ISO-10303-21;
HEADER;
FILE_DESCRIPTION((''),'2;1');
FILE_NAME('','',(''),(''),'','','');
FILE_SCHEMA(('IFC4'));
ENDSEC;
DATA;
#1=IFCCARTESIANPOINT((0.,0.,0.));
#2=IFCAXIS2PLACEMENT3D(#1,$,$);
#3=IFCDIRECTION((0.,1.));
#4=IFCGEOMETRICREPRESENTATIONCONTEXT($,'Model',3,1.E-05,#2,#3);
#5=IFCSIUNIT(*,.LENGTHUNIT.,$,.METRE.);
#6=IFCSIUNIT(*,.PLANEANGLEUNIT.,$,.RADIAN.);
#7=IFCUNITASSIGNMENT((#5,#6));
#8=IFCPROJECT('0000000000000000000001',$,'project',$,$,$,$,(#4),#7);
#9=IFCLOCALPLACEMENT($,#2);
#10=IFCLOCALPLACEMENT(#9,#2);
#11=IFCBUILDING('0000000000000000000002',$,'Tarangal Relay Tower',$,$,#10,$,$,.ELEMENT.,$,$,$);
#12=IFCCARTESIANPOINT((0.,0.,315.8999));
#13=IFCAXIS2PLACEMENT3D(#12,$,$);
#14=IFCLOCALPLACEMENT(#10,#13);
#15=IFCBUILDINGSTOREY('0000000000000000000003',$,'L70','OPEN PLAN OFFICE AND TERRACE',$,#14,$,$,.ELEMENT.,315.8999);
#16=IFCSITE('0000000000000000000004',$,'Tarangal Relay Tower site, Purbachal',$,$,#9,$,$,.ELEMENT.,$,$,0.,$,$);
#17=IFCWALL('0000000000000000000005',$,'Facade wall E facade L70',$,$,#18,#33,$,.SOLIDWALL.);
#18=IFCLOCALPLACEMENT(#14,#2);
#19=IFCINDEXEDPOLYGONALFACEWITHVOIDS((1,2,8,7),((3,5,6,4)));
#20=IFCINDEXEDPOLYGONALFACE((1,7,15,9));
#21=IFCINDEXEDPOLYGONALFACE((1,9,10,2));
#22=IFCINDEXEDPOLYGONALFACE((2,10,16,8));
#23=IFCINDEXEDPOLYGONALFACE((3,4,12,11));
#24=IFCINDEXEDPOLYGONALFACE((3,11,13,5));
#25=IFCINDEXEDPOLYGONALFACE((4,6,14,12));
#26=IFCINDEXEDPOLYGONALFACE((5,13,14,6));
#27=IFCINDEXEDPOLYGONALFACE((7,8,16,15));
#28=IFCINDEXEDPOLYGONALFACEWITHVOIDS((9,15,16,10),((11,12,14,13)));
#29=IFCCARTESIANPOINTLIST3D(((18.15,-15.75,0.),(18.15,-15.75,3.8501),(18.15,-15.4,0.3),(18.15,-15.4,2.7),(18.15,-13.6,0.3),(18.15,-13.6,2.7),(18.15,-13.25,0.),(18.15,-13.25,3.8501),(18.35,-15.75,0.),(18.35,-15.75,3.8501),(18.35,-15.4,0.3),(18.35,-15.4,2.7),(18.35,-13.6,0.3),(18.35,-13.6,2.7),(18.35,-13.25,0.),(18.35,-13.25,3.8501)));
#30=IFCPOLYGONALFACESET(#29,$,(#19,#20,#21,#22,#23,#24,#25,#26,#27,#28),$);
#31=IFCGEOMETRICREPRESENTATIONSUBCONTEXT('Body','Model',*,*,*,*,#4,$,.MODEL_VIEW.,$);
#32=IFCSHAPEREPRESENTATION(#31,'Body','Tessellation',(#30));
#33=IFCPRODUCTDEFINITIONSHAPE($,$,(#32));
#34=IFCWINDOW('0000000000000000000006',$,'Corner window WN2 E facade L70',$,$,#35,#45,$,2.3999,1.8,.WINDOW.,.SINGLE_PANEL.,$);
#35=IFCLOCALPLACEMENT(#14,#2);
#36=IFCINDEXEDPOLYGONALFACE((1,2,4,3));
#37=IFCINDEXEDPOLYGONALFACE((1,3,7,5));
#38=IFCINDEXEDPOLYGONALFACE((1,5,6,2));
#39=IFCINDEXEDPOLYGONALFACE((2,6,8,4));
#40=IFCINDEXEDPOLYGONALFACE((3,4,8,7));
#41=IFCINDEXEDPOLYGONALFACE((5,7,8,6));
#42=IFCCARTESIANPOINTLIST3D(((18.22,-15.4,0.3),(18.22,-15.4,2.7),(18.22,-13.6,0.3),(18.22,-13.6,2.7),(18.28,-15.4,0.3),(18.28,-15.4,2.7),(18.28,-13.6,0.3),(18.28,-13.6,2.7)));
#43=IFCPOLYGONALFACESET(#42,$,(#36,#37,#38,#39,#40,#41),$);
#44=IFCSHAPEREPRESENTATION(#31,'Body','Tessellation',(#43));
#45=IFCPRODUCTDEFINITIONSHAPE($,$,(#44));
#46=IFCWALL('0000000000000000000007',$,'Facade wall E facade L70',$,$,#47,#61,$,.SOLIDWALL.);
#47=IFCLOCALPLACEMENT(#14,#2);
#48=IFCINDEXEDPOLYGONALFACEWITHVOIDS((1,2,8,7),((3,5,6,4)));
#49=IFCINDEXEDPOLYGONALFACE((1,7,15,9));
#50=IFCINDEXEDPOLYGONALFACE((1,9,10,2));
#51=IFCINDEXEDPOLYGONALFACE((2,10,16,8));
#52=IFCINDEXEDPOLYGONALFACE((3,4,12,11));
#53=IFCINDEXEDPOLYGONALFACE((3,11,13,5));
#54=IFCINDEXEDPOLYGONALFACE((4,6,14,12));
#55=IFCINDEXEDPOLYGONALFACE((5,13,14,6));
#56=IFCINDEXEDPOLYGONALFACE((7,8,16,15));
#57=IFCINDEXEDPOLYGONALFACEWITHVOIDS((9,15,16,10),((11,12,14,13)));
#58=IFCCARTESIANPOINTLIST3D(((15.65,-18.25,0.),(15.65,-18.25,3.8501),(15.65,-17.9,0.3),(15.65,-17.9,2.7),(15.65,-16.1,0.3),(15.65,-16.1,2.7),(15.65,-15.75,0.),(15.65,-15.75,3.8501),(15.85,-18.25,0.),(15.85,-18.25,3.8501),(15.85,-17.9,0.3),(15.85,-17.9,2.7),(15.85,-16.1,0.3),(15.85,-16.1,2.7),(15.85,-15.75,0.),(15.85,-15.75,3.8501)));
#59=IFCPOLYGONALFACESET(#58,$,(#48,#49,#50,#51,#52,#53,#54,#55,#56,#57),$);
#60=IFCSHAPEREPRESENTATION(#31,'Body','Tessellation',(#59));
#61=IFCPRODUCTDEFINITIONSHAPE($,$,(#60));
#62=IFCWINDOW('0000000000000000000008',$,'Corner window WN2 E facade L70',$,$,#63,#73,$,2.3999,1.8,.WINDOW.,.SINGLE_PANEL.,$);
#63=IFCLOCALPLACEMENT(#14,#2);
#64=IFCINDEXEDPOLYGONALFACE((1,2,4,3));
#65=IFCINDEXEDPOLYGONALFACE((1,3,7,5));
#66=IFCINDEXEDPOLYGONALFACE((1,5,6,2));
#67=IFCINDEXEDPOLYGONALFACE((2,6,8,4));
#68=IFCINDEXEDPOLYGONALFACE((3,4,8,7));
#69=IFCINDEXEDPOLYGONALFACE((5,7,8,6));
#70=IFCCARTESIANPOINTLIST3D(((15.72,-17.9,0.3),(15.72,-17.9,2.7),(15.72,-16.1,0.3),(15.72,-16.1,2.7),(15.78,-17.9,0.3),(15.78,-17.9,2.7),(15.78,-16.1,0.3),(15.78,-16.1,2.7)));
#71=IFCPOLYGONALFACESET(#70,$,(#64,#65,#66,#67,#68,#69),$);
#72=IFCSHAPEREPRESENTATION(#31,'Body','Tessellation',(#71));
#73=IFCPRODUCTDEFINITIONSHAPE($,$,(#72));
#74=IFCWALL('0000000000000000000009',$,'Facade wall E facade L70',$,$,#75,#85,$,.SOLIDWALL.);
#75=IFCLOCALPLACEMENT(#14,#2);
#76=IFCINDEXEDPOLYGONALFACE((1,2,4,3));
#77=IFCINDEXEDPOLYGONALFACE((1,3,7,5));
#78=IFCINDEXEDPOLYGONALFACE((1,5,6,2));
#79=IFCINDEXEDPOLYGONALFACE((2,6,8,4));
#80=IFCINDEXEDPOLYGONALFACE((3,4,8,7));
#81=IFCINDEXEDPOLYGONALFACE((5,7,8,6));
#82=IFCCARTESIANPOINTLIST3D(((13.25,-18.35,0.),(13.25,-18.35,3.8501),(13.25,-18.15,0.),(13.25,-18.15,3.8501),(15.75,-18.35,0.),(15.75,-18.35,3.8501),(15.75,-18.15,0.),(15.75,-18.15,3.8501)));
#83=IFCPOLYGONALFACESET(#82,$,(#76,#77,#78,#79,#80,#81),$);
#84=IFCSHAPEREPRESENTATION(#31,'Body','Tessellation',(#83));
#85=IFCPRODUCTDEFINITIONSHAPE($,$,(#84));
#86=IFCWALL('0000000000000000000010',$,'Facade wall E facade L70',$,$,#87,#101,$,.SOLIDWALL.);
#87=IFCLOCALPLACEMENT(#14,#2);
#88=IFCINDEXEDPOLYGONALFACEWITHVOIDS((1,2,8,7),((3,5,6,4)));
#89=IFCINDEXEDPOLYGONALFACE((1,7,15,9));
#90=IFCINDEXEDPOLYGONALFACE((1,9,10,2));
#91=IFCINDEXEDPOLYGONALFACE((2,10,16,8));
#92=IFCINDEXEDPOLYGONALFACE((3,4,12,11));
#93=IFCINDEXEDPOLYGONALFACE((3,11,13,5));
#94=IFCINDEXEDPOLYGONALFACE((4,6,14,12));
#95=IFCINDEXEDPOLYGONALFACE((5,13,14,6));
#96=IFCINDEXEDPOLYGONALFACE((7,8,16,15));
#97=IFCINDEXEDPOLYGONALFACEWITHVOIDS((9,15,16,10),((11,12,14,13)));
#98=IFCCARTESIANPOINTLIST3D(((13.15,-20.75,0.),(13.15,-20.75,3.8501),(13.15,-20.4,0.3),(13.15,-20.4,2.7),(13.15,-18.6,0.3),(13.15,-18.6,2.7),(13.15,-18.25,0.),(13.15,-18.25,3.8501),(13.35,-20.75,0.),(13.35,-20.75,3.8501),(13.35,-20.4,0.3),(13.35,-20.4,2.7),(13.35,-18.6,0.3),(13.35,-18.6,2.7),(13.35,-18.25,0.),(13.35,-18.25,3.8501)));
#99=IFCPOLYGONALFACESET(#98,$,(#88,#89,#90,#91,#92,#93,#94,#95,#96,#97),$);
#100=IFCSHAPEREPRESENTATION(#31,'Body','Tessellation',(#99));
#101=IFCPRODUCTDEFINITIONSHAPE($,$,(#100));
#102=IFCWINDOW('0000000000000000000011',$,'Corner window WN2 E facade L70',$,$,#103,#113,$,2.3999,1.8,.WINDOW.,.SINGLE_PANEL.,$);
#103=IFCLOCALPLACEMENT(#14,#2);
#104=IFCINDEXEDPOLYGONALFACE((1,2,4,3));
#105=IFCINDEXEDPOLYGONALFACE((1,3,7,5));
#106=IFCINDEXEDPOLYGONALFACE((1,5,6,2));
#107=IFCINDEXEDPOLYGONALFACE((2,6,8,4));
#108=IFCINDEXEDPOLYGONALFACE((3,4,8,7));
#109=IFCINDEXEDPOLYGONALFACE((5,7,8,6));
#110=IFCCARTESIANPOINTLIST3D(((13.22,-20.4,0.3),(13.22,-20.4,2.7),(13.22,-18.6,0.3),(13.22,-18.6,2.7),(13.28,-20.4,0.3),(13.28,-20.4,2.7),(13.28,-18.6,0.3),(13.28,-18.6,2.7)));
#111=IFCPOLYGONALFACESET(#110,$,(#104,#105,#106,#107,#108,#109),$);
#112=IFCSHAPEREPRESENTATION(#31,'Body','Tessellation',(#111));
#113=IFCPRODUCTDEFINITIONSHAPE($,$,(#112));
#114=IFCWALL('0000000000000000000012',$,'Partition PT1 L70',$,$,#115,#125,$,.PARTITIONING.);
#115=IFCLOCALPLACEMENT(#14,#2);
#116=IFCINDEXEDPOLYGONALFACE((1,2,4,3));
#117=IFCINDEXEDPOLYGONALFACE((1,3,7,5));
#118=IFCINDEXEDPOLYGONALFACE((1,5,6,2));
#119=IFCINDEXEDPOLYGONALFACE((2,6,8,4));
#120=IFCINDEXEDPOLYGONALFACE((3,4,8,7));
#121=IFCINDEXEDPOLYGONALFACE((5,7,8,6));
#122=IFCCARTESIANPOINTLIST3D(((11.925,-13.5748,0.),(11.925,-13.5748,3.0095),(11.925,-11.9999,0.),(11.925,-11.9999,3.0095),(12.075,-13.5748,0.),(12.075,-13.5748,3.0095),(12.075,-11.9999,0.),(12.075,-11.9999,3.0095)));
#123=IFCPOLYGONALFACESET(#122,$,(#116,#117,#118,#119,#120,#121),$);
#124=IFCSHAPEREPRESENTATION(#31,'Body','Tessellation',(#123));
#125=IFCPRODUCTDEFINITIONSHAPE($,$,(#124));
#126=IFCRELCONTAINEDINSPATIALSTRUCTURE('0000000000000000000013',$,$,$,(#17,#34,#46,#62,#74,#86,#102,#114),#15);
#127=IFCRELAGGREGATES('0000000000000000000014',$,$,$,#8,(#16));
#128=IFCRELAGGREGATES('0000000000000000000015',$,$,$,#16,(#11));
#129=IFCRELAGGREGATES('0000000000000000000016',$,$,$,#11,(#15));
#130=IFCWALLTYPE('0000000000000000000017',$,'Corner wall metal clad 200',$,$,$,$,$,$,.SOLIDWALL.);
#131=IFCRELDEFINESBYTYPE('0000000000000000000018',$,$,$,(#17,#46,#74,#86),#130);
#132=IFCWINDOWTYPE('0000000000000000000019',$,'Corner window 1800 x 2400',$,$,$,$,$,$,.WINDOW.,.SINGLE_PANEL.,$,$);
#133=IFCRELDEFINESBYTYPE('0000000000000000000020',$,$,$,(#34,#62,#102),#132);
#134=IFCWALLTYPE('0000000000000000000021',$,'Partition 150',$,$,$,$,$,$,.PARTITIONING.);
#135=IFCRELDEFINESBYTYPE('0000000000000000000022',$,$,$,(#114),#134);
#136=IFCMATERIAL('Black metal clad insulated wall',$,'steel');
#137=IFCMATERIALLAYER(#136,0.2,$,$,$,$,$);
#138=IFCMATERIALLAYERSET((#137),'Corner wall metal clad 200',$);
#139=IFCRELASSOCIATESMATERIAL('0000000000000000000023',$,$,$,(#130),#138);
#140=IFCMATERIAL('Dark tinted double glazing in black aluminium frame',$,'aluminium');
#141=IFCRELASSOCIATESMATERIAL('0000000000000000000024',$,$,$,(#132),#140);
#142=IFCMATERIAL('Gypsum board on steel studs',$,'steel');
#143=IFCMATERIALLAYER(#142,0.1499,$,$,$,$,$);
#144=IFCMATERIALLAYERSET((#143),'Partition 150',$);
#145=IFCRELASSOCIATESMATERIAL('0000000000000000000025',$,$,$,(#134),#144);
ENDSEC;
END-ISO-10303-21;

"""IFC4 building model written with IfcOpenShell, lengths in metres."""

from ifc_helpers import new_model, si_unit, direction, frame, frame_2d, origin, place, context, subcontext, project, spatial, rectangle, extrude, material, layer, layer_set, type_object, element, fill, save


model = new_model("IFC4")

# Units and contexts
model_context = context("Model", 3, precision=1e-05, world=origin(), true_north=direction((0.0, 1.0)))
body_context = subcontext(model_context, "Body", "Model", "MODEL_VIEW")
ifc_project = project(units=[si_unit("LENGTHUNIT", "METRE"), si_unit("PLANEANGLEUNIT", "RADIAN")], contexts=[model_context])

# Site, building, storey
site_placement = place(None, origin())
site = spatial("IfcSite", under=ifc_project, at=site_placement, Name="Tarangal Relay Tower site, Purbachal", CompositionType="ELEMENT", RefElevation=0.0)
building_placement = place(site_placement, origin())
building = spatial("IfcBuilding", under=site, at=building_placement, Name="Tarangal Relay Tower", CompositionType="ELEMENT")
storey_placement = place(building_placement, frame((0.0, 0.0, 315.8999)))
storey = spatial("IfcBuildingStorey", under=building, at=storey_placement, Name="L70", Description="OPEN PLAN OFFICE AND TERRACE", CompositionType="ELEMENT", Elevation=315.8999)

# Shared definitions
ifc_material_1 = material(Name="Black metal clad insulated wall", Category="steel")
ifc_layer_1 = layer(ifc_material_1, 0.2)
ifc_layer_set_1 = layer_set([ifc_layer_1], Name="Corner wall metal clad 200")
wall_type_1 = type_object("IfcWallType", Name="Corner wall metal clad 200", PredefinedType="SOLIDWALL", material=ifc_layer_set_1)

# Wall, opening, window
wall_1_placement = place(storey_placement, frame((18.25, -13.25, 0.0), z_axis=(0.0, 0.0, 1.0), x_axis=(0.0, -1.0, 0.0)))
wall_1 = element("IfcWall", 1, at=wall_1_placement, inside=storey, type_object=wall_type_1, Name="Facade wall E facade L70", PredefinedType="SOLIDWALL", context=body_context, shape_type="SweptSolid", body=[
    extrude(rectangle(XDim=2.5, YDim=0.2, at=frame_2d((1.25, 0.0))), origin(), (0.0, 0.0, 1.0), 3.8501),
])
opening_1_placement = place(wall_1_placement, frame((0.3501, 0.0, 0.3)))
opening_1 = element("IfcOpeningElement", 2, at=opening_1_placement, cuts=wall_1, PredefinedType="OPENING", context=body_context, shape_type="SweptSolid", body=[
    extrude(rectangle(XDim=1.8, YDim=2.3999, at=frame_2d((0.8999, 1.2))), frame((0.0, 0.1099, 0.0), z_axis=(0.0, -1.0, 0.0), x_axis=(1.0, 0.0, 0.0)), (0.0, 0.0, 1.0), 0.22),
])
ifc_material_2 = material(Name="Dark tinted double glazing in black aluminium frame", Category="aluminium")
window_type = type_object("IfcWindowType", Name="Corner window 1800 x 2400", PartitioningType="SINGLE_PANEL", PredefinedType="WINDOW", material=ifc_material_2)
window_1_placement = place(opening_1_placement, origin())
window_1 = element("IfcWindow", 3, at=window_1_placement, inside=storey, type_object=window_type, Name="Corner window WN2 E facade L70", OverallHeight=2.3999, OverallWidth=1.8, PartitioningType="SINGLE_PANEL", PredefinedType="WINDOW", context=body_context, shape_type="SweptSolid", body=[
    extrude(rectangle(XDim=1.8, YDim=2.3999, at=frame_2d((0.8999, 1.2))), frame((0.0, 0.03, 0.0), z_axis=(0.0, -1.0, 0.0), x_axis=(1.0, 0.0, 0.0)), (0.0, 0.0, 1.0), 0.0601),
])
fill(opening_1, window_1)

# Wall, opening, window
wall_2_placement = place(storey_placement, frame((15.75, -15.75, 0.0), z_axis=(0.0, 0.0, 1.0), x_axis=(0.0, -1.0, 0.0)))
wall_2 = element("IfcWall", 4, at=wall_2_placement, inside=storey, type_object=wall_type_1, Name="Facade wall E facade L70", PredefinedType="SOLIDWALL", context=body_context, shape_type="SweptSolid", body=[
    extrude(rectangle(XDim=2.5, YDim=0.2, at=frame_2d((1.25, 0.0))), origin(), (0.0, 0.0, 1.0), 3.8501),
])
opening_2_placement = place(wall_2_placement, frame((0.3501, 0.0, 0.3)))
opening_2 = element("IfcOpeningElement", 5, at=opening_2_placement, cuts=wall_2, PredefinedType="OPENING", context=body_context, shape_type="SweptSolid", body=[
    extrude(rectangle(XDim=1.8, YDim=2.3999, at=frame_2d((0.8999, 1.2))), frame((0.0, 0.1099, 0.0), z_axis=(0.0, -1.0, 0.0), x_axis=(1.0, 0.0, 0.0)), (0.0, 0.0, 1.0), 0.22),
])
window_2_placement = place(opening_2_placement, origin())
window_2 = element("IfcWindow", 6, at=window_2_placement, inside=storey, type_object=window_type, Name="Corner window WN2 E facade L70", OverallHeight=2.3999, OverallWidth=1.8, PartitioningType="SINGLE_PANEL", PredefinedType="WINDOW", context=body_context, shape_type="SweptSolid", body=[
    extrude(rectangle(XDim=1.8, YDim=2.3999, at=frame_2d((0.8999, 1.2))), frame((0.0, 0.03, 0.0), z_axis=(0.0, -1.0, 0.0), x_axis=(1.0, 0.0, 0.0)), (0.0, 0.0, 1.0), 0.0601),
])
fill(opening_2, window_2)

# Wall
wall_3_placement = place(storey_placement, frame((15.75, -18.25, 0.0), z_axis=(0.0, 0.0, 1.0), x_axis=(-1.0, 0.0, 0.0)))
element("IfcWall", 7, at=wall_3_placement, inside=storey, type_object=wall_type_1, Name="Facade wall E facade L70", PredefinedType="SOLIDWALL", context=body_context, shape_type="SweptSolid", body=[
    extrude(rectangle(XDim=2.5, YDim=0.2, at=frame_2d((1.25, 0.0))), origin(), (0.0, 0.0, 1.0), 3.8501),
])

# Wall, opening, window
wall_4_placement = place(storey_placement, frame((13.25, -18.25, 0.0), z_axis=(0.0, 0.0, 1.0), x_axis=(0.0, -1.0, 0.0)))
wall_4 = element("IfcWall", 8, at=wall_4_placement, inside=storey, type_object=wall_type_1, Name="Facade wall E facade L70", PredefinedType="SOLIDWALL", context=body_context, shape_type="SweptSolid", body=[
    extrude(rectangle(XDim=2.5, YDim=0.2, at=frame_2d((1.25, 0.0))), origin(), (0.0, 0.0, 1.0), 3.8501),
])
opening_3_placement = place(wall_4_placement, frame((0.3501, 0.0, 0.3)))
opening_3 = element("IfcOpeningElement", 9, at=opening_3_placement, cuts=wall_4, PredefinedType="OPENING", context=body_context, shape_type="SweptSolid", body=[
    extrude(rectangle(XDim=1.8, YDim=2.3999, at=frame_2d((0.8999, 1.2))), frame((0.0, 0.1099, 0.0), z_axis=(0.0, -1.0, 0.0), x_axis=(1.0, 0.0, 0.0)), (0.0, 0.0, 1.0), 0.22),
])
window_3_placement = place(opening_3_placement, origin())
window_3 = element("IfcWindow", 10, at=window_3_placement, inside=storey, type_object=window_type, Name="Corner window WN2 E facade L70", OverallHeight=2.3999, OverallWidth=1.8, PartitioningType="SINGLE_PANEL", PredefinedType="WINDOW", context=body_context, shape_type="SweptSolid", body=[
    extrude(rectangle(XDim=1.8, YDim=2.3999, at=frame_2d((0.8999, 1.2))), frame((0.0, 0.03, 0.0), z_axis=(0.0, -1.0, 0.0), x_axis=(1.0, 0.0, 0.0)), (0.0, 0.0, 1.0), 0.0601),
])
fill(opening_3, window_3)

# Wall
ifc_material_3 = material(Name="Gypsum board on steel studs", Category="steel")
ifc_layer_2 = layer(ifc_material_3, 0.1499)
ifc_layer_set_2 = layer_set([ifc_layer_2], Name="Partition 150")
wall_type_2 = type_object("IfcWallType", Name="Partition 150", PredefinedType="PARTITIONING", material=ifc_layer_set_2)
wall_5_placement = place(storey_placement, frame((12.0, -13.575, 0.0), z_axis=(0.0, 0.0, 1.0), x_axis=(0.0, 1.0, 0.0)))
element("IfcWall", 11, at=wall_5_placement, inside=storey, type_object=wall_type_2, Name="Partition PT1 L70", PredefinedType="PARTITIONING", context=body_context, shape_type="SweptSolid", body=[
    extrude(rectangle(XDim=1.575, YDim=0.1499, at=frame_2d((0.7876, 0.0))), origin(), (0.0, 0.0, 1.0), 3.0095),
])

save(model, "model.ifc")
